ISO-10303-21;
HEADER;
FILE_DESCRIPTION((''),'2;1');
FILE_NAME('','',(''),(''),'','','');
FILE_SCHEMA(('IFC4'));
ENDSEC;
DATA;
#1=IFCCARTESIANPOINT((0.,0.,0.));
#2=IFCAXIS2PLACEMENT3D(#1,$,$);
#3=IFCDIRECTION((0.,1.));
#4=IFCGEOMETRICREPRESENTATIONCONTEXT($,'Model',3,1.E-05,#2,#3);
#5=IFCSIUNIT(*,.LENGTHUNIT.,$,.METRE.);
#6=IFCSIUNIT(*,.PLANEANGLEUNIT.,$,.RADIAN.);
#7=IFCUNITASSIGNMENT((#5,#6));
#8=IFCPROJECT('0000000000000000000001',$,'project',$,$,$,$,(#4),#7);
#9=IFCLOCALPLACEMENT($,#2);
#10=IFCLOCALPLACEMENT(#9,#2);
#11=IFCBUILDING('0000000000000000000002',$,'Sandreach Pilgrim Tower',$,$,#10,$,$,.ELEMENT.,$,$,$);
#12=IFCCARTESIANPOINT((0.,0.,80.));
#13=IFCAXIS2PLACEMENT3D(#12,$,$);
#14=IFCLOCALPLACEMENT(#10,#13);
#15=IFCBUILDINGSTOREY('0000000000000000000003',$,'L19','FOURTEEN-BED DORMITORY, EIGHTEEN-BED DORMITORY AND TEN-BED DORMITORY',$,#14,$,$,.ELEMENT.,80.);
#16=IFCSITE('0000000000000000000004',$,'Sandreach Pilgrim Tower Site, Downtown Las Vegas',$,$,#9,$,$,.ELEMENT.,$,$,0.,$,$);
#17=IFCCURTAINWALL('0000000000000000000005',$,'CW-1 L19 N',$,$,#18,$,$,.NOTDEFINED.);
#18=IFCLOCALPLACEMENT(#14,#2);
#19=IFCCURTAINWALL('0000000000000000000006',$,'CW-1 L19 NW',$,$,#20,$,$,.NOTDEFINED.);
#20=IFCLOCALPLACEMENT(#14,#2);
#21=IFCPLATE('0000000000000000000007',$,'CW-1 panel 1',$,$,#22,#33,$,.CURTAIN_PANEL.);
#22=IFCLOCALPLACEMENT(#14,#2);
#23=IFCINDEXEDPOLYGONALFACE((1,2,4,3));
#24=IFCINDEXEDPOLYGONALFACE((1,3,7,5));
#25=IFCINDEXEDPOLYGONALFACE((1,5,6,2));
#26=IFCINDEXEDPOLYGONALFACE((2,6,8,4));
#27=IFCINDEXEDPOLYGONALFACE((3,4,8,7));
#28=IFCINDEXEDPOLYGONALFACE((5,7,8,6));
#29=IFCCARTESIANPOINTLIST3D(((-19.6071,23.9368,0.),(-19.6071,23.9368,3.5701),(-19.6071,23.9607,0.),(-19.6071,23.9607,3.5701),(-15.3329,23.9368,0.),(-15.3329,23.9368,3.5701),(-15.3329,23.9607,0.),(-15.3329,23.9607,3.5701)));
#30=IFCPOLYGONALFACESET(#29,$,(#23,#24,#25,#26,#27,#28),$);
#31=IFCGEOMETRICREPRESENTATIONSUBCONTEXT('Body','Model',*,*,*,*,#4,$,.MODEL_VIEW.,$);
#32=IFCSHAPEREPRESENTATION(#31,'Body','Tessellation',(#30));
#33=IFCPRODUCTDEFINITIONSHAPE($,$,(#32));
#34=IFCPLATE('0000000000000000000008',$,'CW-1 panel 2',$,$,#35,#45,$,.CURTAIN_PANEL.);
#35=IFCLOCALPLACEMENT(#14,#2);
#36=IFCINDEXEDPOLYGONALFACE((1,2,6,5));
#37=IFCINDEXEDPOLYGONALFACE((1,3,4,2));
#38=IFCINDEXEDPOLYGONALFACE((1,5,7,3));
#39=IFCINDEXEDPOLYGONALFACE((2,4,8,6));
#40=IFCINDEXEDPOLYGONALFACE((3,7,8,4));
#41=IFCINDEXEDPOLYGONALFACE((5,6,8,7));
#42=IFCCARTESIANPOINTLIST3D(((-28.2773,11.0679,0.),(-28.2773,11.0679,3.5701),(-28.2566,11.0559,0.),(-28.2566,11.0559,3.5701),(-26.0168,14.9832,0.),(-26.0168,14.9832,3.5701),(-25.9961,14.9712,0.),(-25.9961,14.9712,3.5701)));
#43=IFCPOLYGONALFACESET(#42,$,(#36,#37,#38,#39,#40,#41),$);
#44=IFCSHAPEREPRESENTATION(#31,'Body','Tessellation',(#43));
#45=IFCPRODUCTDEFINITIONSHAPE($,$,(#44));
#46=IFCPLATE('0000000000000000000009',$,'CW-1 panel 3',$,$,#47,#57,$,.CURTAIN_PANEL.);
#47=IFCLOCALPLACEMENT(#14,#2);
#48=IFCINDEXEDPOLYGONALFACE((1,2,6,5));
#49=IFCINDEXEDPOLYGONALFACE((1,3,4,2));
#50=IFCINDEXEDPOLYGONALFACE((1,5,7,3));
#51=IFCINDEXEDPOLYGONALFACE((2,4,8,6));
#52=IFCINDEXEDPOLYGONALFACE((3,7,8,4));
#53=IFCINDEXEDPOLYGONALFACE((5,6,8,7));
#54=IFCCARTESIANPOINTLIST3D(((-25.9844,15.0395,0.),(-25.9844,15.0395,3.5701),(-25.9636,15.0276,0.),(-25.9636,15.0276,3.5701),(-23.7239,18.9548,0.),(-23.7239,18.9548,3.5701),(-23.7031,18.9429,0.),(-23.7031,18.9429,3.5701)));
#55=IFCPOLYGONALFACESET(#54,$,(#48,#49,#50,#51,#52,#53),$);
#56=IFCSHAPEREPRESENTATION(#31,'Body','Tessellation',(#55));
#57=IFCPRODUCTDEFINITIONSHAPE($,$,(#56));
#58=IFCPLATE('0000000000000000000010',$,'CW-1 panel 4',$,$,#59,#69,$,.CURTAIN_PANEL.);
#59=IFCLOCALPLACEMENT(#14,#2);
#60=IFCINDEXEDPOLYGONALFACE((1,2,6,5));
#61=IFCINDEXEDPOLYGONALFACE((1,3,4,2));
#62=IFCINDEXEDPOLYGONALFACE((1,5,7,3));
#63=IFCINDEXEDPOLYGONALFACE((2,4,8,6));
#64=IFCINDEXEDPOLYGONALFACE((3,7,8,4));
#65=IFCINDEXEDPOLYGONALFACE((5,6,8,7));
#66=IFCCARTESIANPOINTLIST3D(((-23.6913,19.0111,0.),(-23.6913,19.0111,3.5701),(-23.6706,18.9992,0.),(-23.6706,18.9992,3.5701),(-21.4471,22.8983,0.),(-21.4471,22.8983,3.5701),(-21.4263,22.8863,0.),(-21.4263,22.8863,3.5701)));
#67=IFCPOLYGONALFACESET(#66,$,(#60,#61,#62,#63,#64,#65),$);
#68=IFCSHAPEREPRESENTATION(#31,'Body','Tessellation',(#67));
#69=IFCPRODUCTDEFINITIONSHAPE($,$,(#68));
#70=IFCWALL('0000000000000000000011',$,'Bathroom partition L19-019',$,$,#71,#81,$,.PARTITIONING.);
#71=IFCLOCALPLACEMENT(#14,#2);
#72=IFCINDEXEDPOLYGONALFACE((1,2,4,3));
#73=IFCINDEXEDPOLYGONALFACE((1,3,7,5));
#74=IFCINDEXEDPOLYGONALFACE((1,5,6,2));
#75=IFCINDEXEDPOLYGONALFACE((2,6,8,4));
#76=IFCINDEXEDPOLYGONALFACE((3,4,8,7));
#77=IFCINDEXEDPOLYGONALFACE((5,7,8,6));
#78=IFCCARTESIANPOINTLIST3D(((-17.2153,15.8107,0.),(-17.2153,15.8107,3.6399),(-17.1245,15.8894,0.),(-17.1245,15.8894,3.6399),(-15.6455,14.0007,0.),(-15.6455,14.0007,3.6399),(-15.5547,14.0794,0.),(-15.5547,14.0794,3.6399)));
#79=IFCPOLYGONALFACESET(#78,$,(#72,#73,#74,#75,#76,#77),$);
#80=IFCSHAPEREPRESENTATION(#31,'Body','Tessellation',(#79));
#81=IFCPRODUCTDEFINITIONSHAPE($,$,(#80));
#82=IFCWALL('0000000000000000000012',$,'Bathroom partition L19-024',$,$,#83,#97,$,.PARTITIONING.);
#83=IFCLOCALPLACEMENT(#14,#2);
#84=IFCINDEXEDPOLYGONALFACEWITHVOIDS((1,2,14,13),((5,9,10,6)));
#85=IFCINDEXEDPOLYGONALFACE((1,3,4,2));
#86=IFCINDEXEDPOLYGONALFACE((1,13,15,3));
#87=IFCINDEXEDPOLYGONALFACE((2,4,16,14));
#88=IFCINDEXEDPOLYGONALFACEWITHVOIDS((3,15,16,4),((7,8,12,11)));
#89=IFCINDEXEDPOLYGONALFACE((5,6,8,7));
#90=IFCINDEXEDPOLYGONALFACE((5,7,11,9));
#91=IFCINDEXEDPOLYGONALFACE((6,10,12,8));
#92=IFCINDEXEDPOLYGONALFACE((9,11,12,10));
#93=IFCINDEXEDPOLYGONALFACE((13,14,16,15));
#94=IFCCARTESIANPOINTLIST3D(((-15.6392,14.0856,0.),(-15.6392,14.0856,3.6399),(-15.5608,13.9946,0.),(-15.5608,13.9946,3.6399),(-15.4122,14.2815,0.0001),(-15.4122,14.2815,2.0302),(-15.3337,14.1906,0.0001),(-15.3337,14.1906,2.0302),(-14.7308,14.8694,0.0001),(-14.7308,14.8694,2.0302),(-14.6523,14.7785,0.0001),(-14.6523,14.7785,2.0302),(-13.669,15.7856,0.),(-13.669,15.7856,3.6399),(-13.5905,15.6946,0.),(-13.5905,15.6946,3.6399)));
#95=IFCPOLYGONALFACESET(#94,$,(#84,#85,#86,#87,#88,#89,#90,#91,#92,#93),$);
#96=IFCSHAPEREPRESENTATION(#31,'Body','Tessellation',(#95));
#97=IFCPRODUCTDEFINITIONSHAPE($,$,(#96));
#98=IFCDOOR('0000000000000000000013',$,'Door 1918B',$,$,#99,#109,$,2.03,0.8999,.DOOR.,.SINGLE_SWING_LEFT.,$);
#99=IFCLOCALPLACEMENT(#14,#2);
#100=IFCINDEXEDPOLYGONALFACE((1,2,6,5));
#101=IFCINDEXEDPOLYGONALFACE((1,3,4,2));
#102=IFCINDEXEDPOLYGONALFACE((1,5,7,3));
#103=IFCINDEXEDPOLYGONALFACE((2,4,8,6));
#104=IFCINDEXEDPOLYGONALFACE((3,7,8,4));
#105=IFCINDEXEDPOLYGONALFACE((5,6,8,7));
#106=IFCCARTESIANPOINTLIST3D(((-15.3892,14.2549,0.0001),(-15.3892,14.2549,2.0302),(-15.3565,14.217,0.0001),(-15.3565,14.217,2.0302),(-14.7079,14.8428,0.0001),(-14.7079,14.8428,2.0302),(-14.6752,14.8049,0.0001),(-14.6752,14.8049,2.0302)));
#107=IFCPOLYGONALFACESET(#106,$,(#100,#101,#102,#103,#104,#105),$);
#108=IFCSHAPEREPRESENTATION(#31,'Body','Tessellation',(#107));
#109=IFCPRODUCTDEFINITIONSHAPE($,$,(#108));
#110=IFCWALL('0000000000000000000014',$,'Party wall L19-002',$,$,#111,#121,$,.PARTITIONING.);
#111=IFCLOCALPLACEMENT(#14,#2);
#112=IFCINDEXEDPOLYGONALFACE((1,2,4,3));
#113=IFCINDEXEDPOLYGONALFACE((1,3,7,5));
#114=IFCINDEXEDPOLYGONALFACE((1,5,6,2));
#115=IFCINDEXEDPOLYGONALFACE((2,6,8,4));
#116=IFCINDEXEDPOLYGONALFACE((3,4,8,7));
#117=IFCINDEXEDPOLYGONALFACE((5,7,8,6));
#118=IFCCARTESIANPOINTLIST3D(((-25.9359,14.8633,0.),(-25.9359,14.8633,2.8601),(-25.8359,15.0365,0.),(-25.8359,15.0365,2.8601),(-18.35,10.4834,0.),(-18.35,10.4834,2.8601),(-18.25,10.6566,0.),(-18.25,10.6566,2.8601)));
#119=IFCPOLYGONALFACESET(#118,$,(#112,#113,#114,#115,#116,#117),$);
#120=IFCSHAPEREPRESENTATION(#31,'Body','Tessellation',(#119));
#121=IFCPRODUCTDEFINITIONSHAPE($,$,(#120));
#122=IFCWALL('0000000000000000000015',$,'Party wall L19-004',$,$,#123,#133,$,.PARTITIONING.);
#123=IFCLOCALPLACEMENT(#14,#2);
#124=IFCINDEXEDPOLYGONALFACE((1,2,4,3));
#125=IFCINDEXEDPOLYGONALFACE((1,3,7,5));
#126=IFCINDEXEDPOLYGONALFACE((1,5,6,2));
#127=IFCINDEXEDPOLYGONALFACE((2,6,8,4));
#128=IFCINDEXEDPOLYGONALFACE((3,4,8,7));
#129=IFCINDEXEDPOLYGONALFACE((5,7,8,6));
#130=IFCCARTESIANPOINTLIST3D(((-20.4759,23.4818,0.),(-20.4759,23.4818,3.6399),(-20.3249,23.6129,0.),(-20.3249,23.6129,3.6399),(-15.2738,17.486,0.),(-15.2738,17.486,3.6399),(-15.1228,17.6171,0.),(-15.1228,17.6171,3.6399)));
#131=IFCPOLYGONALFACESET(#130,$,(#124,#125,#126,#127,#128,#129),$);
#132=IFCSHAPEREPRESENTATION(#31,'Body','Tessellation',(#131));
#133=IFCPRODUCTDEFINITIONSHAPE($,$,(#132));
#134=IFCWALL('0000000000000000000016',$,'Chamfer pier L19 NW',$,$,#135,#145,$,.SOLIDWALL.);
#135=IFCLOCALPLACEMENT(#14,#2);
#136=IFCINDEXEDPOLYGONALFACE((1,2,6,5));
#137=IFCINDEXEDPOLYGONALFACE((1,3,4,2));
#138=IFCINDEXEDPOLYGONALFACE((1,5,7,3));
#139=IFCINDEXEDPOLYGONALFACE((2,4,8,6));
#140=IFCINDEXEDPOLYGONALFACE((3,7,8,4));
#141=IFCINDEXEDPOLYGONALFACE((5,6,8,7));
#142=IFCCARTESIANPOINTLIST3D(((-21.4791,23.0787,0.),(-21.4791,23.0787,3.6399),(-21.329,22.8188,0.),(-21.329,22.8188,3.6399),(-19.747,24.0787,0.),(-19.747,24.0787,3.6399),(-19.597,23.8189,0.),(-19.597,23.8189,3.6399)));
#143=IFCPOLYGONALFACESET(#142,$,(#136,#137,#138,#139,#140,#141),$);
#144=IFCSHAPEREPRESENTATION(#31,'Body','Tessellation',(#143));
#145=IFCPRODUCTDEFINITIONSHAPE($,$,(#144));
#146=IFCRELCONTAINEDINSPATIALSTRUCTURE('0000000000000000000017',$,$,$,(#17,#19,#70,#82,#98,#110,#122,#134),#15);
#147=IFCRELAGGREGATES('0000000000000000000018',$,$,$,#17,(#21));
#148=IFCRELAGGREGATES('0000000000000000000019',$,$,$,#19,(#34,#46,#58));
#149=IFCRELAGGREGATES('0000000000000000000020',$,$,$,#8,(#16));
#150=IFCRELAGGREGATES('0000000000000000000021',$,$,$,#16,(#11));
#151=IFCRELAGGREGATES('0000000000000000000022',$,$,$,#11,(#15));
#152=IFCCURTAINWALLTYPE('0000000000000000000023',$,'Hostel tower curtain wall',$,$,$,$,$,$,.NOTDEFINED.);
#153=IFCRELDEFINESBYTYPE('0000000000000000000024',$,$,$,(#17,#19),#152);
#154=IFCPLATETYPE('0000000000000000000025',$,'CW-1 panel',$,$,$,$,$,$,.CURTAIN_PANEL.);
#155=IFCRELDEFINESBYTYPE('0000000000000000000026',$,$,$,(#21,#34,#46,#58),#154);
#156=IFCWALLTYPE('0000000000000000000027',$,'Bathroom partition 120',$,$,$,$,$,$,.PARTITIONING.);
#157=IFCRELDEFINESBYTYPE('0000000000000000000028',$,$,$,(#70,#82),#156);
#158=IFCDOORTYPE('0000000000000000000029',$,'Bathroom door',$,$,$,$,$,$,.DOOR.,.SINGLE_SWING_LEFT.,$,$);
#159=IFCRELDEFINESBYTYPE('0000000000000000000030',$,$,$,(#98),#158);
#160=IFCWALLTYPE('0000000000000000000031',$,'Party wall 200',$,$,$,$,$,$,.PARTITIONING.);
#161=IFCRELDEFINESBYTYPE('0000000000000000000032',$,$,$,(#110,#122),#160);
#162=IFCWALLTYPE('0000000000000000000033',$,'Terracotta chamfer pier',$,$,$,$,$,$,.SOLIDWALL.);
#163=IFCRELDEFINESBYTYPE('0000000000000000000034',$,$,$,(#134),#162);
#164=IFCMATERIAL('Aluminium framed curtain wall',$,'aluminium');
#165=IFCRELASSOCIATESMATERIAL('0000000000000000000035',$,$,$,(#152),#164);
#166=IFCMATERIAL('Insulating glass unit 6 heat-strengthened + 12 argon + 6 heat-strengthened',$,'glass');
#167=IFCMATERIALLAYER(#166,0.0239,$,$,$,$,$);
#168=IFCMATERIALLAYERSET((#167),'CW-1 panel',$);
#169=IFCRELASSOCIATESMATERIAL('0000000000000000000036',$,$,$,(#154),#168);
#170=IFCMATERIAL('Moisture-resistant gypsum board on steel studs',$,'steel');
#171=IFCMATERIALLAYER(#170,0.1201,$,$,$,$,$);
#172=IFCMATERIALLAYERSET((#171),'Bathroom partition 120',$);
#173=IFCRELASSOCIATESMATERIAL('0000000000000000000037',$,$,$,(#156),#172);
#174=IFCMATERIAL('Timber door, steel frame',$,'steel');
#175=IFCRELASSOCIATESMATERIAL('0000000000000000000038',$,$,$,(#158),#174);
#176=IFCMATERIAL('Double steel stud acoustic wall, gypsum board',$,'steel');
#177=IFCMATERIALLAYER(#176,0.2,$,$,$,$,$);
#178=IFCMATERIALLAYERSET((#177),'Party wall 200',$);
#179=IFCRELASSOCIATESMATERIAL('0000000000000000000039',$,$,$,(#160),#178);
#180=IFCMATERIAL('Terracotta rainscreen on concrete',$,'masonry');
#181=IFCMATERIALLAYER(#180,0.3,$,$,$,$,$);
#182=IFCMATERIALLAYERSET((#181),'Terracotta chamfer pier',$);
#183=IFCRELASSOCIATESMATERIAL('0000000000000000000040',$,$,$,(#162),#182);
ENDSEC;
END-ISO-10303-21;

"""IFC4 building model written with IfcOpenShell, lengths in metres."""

from ifc_helpers import new_model, si_unit, direction, frame, frame_2d, origin, origin_2d, place, context, subcontext, project, spatial, rectangle, extrude, material, layer, layer_set, type_object, element, fill, aggregate, save


model = new_model("IFC4")

# Units and contexts
model_context = context("Model", 3, precision=1e-05, world=origin(), true_north=direction((0.0, 1.0)))
body_context = subcontext(model_context, "Body", "Model", "MODEL_VIEW")
ifc_project = project(units=[si_unit("LENGTHUNIT", "METRE"), si_unit("PLANEANGLEUNIT", "RADIAN")], contexts=[model_context])

# Site, building, storey
site_placement = place(None, origin())
site = spatial("IfcSite", under=ifc_project, at=site_placement, Name="Sandreach Pilgrim Tower Site, Downtown Las Vegas", CompositionType="ELEMENT", RefElevation=0.0)
building_placement = place(site_placement, origin())
building = spatial("IfcBuilding", under=site, at=building_placement, Name="Sandreach Pilgrim Tower", CompositionType="ELEMENT")
storey_placement = place(building_placement, frame((0.0, 0.0, 80.0)))
storey = spatial("IfcBuildingStorey", under=building, at=storey_placement, Name="L19", Description="FOURTEEN-BED DORMITORY, EIGHTEEN-BED DORMITORY AND TEN-BED DORMITORY", CompositionType="ELEMENT", Elevation=80.0)

# Curtain walls
ifc_material_1 = material(Name="Aluminium framed curtain wall", Category="aluminium")
curtain_wall_type = type_object("IfcCurtainWallType", Name="Hostel tower curtain wall", PredefinedType="NOTDEFINED", material=ifc_material_1)
curtain_wall_1_placement = place(storey_placement, origin())
curtain_wall_1 = element("IfcCurtainWall", 1, at=curtain_wall_1_placement, inside=storey, type_object=curtain_wall_type, Name="CW-1 L19 N", PredefinedType="NOTDEFINED")
curtain_wall_2_placement = place(storey_placement, origin())
curtain_wall_2 = element("IfcCurtainWall", 2, at=curtain_wall_2_placement, inside=storey, type_object=curtain_wall_type, Name="CW-1 L19 NW", PredefinedType="NOTDEFINED")

# Plates
ifc_material_2 = material(Name="Insulating glass unit 6 heat-strengthened + 12 argon + 6 heat-strengthened", Category="glass")
ifc_layer_1 = layer(ifc_material_2, 0.0239)
ifc_layer_set_1 = layer_set([ifc_layer_1], Name="CW-1 panel")
plate_type = type_object("IfcPlateType", Name="CW-1 panel", PredefinedType="CURTAIN_PANEL", material=ifc_layer_set_1)
plate_1_placement = place(storey_placement, frame((-17.47, 23.9487, 0.0), z_axis=(0.0, 0.0, 1.0), x_axis=(1.0, 0.0, 0.0)))
plate_1 = element("IfcPlate", 3, at=plate_1_placement, type_object=plate_type, Name="CW-1 panel 1", PredefinedType="CURTAIN_PANEL", context=body_context, shape_type="SweptSolid", body=[
    extrude(rectangle(XDim=4.2742, YDim=0.0239, at=origin_2d()), origin(), (0.0, 0.0, 1.0), 3.5701),
])
aggregate(curtain_wall_1, [plate_1])
plate_2_placement = place(storey_placement, frame((-27.1367, 13.0195, 0.0), z_axis=(0.0, 0.0, 1.0), x_axis=(0.5, 0.866025, 0.0)))
plate_2 = element("IfcPlate", 4, at=plate_2_placement, type_object=plate_type, Name="CW-1 panel 2", PredefinedType="CURTAIN_PANEL", context=body_context, shape_type="SweptSolid", body=[
    extrude(rectangle(XDim=4.521, YDim=0.0239, at=origin_2d()), origin(), (0.0, 0.0, 1.0), 3.5701),
])
plate_3_placement = place(storey_placement, frame((-24.8438, 16.9912, 0.0), z_axis=(0.0, 0.0, 1.0), x_axis=(0.5, 0.866025, 0.0)))
plate_3 = element("IfcPlate", 5, at=plate_3_placement, type_object=plate_type, Name="CW-1 panel 3", PredefinedType="CURTAIN_PANEL", context=body_context, shape_type="SweptSolid", body=[
    extrude(rectangle(XDim=4.521, YDim=0.0239, at=origin_2d()), origin(), (0.0, 0.0, 1.0), 3.5701),
])
plate_4_placement = place(storey_placement, frame((-22.5588, 20.9487, 0.0), z_axis=(0.0, 0.0, 1.0), x_axis=(0.5, 0.866025, 0.0)))
plate_4 = element("IfcPlate", 6, at=plate_4_placement, type_object=plate_type, Name="CW-1 panel 4", PredefinedType="CURTAIN_PANEL", context=body_context, shape_type="SweptSolid", body=[
    extrude(rectangle(XDim=4.4885, YDim=0.0239, at=origin_2d()), origin(), (0.0, 0.0, 1.0), 3.5701),
])
aggregate(curtain_wall_2, [plate_2, plate_3, plate_4])

# Wall
ifc_material_3 = material(Name="Moisture-resistant gypsum board on steel studs", Category="steel")
ifc_layer_2 = layer(ifc_material_3, 0.1201)
ifc_layer_set_2 = layer_set([ifc_layer_2], Name="Bathroom partition 120")
wall_type_1 = type_object("IfcWallType", Name="Bathroom partition 120", PredefinedType="PARTITIONING", material=ifc_layer_set_2)
wall_1_placement = place(storey_placement, frame((-17.1699, 15.8501, 0.0), z_axis=(0.0, 0.0, 1.0), x_axis=(0.655194, -0.75546, 0.0)))
element("IfcWall", 7, at=wall_1_placement, inside=storey, type_object=wall_type_1, Name="Bathroom partition L19-019", PredefinedType="PARTITIONING", context=body_context, shape_type="SweptSolid", body=[
    extrude(rectangle(XDim=2.396, YDim=0.1201, at=frame_2d((1.198, 0.0))), origin(), (0.0, 0.0, 1.0), 3.6399),
])

# Wall, opening, door
wall_2_placement = place(storey_placement, frame((-15.6001, 14.04, 0.0), z_axis=(0.0, 0.0, 1.0), x_axis=(0.757127, 0.653268, 0.0)))
wall_2 = element("IfcWall", 8, at=wall_2_placement, inside=storey, type_object=wall_type_1, Name="Bathroom partition L19-024", PredefinedType="PARTITIONING", context=body_context, shape_type="SweptSolid", body=[
    extrude(rectangle(XDim=2.6023, YDim=0.1201, at=frame_2d((1.3013, 0.0))), origin(), (0.0, 0.0, 1.0), 3.6399),
])
opening_placement = place(wall_2_placement, frame((0.3, 0.0, 0.0)))
opening = element("IfcOpeningElement", 9, at=opening_placement, cuts=wall_2, PredefinedType="OPENING", context=body_context, shape_type="SweptSolid", body=[
    extrude(rectangle(XDim=0.8999, YDim=2.03, at=frame_2d((0.45, 1.0151))), frame((0.0, 0.0601, 0.0), z_axis=(0.0, -1.0, 0.0), x_axis=(1.0, 0.0, 0.0)), (0.0, 0.0, 1.0), 0.1201),
])
ifc_material_4 = material(Name="Timber door, steel frame", Category="steel")
door_type = type_object("IfcDoorType", Name="Bathroom door", OperationType="SINGLE_SWING_LEFT", PredefinedType="DOOR", material=ifc_material_4)
door_placement = place(opening_placement, origin())
door = element("IfcDoor", 10, at=door_placement, inside=storey, type_object=door_type, Name="Door 1918B", OperationType="SINGLE_SWING_LEFT", OverallHeight=2.03, OverallWidth=0.8999, PredefinedType="DOOR", context=body_context, shape_type="SweptSolid", body=[
    extrude(rectangle(XDim=0.8999, YDim=2.03, at=frame_2d((0.45, 1.0151))), frame((0.0, 0.0249, 0.0), z_axis=(0.0, -1.0, 0.0), x_axis=(1.0, 0.0, 0.0)), (0.0, 0.0, 1.0), 0.05),
])
fill(opening, door)

# Walls
ifc_material_5 = material(Name="Double steel stud acoustic wall, gypsum board", Category="steel")
ifc_layer_3 = layer(ifc_material_5, 0.2)
ifc_layer_set_3 = layer_set([ifc_layer_3], Name="Party wall 200")
wall_type_2 = type_object("IfcWallType", Name="Party wall 200", PredefinedType="PARTITIONING", material=ifc_layer_set_3)
wall_3_placement = place(storey_placement, frame((-25.886, 14.95, 0.0), z_axis=(0.0, 0.0, 1.0), x_axis=(0.866018, -0.500012, 0.0)))
element("IfcWall", 11, at=wall_3_placement, inside=storey, type_object=wall_type_2, Name="Party wall L19-002", PredefinedType="PARTITIONING", context=body_context, shape_type="SweptSolid", body=[
    extrude(rectangle(XDim=8.7595, YDim=0.2, at=frame_2d((4.3799, 0.0))), origin(), (0.0, 0.0, 1.0), 2.8601),
])
wall_4_placement = place(storey_placement, frame((-20.4004, 23.5474, 0.0), z_axis=(0.0, 0.0, 1.0), x_axis=(0.655344, -0.755331, 0.0)))
element("IfcWall", 12, at=wall_4_placement, inside=storey, type_object=wall_type_2, Name="Party wall L19-004", PredefinedType="PARTITIONING", context=body_context, shape_type="SweptSolid", body=[
    extrude(rectangle(XDim=7.938, YDim=0.2, at=frame_2d((3.969, 0.0))), origin(), (0.0, 0.0, 1.0), 3.6399),
])
ifc_material_6 = material(Name="Terracotta rainscreen on concrete", Category="masonry")
ifc_layer_4 = layer(ifc_material_6, 0.3)
ifc_layer_set_4 = layer_set([ifc_layer_4], Name="Terracotta chamfer pier")
wall_type_3 = type_object("IfcWallType", Name="Terracotta chamfer pier", PredefinedType="SOLIDWALL", material=ifc_layer_set_4)
wall_5_placement = place(storey_placement, frame((-21.4041, 22.9487, 0.0), z_axis=(0.0, 0.0, 1.0), x_axis=(0.866011, 0.500025, 0.0)))
element("IfcWall", 13, at=wall_5_placement, inside=storey, type_object=wall_type_3, Name="Chamfer pier L19 NW", PredefinedType="SOLIDWALL", context=body_context, shape_type="SweptSolid", body=[
    extrude(rectangle(XDim=2.0, YDim=0.3, at=frame_2d((1.0, 0.0))), origin(), (0.0, 0.0, 1.0), 3.6399),
])

save(model, "model.ifc")
